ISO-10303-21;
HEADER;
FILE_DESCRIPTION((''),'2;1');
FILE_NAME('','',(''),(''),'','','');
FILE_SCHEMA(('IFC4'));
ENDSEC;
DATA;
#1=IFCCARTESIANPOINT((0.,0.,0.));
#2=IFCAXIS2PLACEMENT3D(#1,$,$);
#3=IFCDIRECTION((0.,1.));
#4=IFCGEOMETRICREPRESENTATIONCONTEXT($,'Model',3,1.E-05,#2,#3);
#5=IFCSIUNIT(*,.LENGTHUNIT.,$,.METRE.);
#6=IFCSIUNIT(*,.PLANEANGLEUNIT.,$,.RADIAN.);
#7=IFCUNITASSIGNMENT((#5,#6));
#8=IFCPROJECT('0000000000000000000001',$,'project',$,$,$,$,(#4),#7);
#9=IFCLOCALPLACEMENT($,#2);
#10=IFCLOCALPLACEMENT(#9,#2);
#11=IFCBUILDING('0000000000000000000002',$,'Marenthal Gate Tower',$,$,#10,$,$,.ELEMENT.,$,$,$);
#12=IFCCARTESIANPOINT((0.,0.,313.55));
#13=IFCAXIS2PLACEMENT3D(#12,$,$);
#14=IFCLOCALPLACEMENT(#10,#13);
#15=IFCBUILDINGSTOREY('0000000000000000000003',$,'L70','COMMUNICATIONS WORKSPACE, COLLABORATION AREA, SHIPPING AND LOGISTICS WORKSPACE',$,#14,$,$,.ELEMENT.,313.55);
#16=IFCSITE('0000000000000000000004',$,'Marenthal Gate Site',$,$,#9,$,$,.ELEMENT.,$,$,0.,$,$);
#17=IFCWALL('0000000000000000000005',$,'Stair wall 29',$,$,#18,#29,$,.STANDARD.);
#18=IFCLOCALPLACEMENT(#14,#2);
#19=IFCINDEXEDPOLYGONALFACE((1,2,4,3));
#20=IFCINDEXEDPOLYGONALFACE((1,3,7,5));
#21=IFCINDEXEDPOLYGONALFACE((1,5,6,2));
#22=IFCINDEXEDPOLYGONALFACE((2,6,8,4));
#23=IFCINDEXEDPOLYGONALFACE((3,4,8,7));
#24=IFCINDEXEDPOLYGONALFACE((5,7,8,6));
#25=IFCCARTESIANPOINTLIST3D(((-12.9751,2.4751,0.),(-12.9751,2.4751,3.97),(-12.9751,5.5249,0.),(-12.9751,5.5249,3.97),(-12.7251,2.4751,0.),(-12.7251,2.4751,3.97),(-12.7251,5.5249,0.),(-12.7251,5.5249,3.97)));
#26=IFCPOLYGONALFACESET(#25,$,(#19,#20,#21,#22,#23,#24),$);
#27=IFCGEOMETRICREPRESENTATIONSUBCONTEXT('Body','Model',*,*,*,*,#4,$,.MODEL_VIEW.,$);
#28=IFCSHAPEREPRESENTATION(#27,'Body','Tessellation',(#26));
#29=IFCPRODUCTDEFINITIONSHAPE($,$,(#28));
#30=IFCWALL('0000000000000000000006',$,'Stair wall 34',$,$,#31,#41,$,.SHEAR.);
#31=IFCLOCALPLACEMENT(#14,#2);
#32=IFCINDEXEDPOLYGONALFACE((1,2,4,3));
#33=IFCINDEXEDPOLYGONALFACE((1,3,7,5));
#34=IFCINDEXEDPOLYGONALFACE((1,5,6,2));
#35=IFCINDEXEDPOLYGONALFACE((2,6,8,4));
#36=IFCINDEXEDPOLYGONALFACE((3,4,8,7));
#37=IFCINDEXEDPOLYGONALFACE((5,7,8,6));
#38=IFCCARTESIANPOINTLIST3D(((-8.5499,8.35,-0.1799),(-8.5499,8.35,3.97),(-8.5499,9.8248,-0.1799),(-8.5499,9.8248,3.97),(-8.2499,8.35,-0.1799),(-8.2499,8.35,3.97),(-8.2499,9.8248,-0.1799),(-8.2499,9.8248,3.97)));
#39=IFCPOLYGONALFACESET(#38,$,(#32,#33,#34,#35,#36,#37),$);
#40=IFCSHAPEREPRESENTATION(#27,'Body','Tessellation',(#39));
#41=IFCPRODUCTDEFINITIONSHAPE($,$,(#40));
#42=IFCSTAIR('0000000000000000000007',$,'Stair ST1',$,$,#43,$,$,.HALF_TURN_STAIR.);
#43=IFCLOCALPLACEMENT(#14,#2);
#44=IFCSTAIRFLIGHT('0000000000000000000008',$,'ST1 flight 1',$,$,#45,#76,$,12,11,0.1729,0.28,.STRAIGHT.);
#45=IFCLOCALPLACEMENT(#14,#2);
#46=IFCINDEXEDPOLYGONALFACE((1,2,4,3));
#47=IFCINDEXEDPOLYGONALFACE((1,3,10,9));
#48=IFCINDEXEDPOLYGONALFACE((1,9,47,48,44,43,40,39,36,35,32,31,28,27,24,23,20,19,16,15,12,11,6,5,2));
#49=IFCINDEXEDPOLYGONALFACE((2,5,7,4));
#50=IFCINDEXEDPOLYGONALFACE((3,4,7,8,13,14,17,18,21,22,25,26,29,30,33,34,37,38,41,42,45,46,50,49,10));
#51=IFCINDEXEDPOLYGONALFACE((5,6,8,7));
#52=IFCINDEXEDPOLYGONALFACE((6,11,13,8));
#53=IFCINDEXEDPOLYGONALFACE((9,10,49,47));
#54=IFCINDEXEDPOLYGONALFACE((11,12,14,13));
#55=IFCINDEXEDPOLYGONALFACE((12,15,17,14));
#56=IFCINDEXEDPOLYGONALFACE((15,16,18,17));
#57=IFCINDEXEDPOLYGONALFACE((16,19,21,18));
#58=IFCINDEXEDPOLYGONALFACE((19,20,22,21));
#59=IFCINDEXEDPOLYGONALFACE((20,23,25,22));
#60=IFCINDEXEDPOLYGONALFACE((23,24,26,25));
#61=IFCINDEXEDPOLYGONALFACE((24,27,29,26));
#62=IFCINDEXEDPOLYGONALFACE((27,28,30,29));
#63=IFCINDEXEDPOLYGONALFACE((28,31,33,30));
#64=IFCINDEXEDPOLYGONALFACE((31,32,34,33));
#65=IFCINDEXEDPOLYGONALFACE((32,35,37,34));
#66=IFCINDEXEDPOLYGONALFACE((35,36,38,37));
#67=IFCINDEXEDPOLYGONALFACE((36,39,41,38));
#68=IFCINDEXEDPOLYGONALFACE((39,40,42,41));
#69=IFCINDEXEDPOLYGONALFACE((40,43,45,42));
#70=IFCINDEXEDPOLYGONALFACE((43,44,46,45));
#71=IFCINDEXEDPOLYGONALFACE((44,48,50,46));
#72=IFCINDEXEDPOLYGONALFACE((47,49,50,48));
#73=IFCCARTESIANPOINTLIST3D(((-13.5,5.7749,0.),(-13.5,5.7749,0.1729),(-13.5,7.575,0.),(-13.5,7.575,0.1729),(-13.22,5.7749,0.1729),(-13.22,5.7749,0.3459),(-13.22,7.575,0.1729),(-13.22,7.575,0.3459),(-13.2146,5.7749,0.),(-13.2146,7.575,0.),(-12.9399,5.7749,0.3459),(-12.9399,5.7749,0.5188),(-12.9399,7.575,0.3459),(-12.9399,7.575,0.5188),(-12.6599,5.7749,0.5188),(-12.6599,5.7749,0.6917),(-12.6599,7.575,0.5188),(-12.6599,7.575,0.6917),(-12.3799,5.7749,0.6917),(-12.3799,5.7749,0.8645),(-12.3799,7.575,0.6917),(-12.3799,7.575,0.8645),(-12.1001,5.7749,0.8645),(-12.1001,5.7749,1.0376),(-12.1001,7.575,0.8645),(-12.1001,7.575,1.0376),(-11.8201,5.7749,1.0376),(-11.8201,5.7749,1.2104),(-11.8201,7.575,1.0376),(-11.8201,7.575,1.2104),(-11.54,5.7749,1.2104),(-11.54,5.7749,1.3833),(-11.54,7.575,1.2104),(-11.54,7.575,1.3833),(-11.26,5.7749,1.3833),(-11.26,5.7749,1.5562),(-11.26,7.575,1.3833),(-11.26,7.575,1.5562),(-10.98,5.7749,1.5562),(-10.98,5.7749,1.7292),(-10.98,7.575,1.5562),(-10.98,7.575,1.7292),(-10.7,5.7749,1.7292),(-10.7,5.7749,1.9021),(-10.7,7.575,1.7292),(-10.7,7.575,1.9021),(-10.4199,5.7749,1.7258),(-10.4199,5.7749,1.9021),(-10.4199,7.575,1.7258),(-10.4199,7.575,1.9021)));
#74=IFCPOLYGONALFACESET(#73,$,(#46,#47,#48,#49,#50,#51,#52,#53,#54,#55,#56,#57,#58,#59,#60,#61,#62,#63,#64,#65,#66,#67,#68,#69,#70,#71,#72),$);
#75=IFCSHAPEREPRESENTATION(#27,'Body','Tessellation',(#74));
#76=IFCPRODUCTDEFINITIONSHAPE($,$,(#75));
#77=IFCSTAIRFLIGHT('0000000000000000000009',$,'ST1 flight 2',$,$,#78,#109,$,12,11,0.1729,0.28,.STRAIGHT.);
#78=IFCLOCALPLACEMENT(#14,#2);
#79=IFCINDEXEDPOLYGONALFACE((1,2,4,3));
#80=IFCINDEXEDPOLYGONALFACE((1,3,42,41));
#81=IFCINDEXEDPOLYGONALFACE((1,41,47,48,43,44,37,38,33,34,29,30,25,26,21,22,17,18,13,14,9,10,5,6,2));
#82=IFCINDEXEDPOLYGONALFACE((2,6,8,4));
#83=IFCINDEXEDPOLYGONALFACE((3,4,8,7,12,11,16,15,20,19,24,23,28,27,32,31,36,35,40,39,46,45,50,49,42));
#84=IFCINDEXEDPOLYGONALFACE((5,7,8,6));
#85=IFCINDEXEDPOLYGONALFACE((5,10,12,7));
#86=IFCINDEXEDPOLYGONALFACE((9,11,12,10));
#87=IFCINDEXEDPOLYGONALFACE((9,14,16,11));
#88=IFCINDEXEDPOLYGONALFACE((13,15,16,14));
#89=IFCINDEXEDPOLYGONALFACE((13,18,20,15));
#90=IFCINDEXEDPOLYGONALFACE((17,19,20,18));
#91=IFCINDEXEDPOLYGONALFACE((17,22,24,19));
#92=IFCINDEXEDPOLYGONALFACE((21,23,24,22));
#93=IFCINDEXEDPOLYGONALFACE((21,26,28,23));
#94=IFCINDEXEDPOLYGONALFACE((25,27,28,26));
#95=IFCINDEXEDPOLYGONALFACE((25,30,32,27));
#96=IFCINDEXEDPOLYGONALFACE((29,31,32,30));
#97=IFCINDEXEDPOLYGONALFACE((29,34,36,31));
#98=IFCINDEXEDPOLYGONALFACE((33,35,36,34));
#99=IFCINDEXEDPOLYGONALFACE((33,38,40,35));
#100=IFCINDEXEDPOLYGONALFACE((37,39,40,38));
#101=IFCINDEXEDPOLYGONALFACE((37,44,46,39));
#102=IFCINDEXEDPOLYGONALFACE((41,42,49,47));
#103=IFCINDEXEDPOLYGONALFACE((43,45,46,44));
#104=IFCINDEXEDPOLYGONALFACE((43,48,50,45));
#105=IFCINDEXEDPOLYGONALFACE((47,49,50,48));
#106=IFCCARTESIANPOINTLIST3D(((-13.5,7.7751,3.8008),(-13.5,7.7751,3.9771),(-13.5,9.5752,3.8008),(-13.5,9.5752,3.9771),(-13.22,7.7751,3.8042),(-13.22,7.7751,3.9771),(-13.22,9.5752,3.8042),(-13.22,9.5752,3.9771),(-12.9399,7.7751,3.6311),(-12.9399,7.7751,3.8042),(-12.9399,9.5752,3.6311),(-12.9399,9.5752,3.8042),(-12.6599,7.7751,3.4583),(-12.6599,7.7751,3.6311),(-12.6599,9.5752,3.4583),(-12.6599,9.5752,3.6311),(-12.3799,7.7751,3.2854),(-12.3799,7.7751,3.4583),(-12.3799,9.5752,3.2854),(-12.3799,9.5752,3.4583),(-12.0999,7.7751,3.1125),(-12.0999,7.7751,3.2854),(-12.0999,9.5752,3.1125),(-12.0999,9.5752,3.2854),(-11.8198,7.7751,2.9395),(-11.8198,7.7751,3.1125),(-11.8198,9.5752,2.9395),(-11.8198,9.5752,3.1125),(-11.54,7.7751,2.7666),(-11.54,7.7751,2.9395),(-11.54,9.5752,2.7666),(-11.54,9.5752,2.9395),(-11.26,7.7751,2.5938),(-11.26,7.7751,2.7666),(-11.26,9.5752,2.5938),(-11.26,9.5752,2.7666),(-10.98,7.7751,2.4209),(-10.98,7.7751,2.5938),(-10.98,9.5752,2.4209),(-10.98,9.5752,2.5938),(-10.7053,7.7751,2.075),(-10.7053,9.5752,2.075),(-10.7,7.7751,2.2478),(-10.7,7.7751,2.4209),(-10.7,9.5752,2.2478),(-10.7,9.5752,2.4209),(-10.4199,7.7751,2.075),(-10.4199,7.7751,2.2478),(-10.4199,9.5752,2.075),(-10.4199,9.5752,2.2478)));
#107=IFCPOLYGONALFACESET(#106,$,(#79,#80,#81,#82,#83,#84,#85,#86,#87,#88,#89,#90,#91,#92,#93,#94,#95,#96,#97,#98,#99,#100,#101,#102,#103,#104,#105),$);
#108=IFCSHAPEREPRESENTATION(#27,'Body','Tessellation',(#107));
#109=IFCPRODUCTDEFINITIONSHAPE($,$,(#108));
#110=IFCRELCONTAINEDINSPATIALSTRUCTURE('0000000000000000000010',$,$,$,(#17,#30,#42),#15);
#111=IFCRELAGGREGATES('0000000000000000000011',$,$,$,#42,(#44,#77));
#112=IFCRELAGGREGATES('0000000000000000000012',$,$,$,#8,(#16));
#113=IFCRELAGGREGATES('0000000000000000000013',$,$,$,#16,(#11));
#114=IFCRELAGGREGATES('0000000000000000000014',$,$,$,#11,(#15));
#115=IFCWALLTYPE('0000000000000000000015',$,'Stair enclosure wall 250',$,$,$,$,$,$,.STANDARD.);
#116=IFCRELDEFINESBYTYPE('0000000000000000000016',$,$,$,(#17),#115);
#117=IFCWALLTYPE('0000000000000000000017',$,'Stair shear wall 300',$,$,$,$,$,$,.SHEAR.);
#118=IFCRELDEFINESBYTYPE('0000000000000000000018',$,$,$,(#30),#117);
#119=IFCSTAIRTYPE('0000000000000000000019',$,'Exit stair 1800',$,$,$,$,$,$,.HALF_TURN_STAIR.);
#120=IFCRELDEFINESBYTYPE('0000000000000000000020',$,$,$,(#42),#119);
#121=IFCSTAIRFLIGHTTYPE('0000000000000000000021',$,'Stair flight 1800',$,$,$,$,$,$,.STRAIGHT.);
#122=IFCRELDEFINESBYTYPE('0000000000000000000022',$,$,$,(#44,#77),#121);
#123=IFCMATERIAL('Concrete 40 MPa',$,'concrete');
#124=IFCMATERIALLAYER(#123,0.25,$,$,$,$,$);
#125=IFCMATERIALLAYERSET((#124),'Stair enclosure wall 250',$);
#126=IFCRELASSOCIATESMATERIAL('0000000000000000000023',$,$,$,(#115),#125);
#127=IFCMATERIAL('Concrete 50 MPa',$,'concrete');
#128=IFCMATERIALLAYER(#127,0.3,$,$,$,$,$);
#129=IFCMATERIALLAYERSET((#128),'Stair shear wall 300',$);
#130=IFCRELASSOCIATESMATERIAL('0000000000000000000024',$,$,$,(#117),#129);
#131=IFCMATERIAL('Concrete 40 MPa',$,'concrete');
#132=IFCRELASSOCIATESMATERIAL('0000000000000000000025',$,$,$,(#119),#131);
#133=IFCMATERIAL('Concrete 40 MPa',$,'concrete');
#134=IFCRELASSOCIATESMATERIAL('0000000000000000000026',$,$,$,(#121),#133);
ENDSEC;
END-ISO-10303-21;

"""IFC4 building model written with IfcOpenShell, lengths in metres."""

from ifc_helpers import new_model, si_unit, direction, frame, frame_2d, origin, place, context, subcontext, project, spatial, polyline, rectangle, outline, extrude, material, layer, layer_set, type_object, element, aggregate, save


model = new_model("IFC4")

# Units and contexts
model_context = context("Model", 3, precision=1e-05, world=origin(), true_north=direction((0.0, 1.0)))
body_context = subcontext(model_context, "Body", "Model", "MODEL_VIEW")
ifc_project = project(units=[si_unit("LENGTHUNIT", "METRE"), si_unit("PLANEANGLEUNIT", "RADIAN")], contexts=[model_context])

# Site, building, storey
site_placement = place(None, origin())
site = spatial("IfcSite", under=ifc_project, at=site_placement, Name="Marenthal Gate Site", CompositionType="ELEMENT", RefElevation=0.0)
building_placement = place(site_placement, origin())
building = spatial("IfcBuilding", under=site, at=building_placement, Name="Marenthal Gate Tower", CompositionType="ELEMENT")
storey_placement = place(building_placement, frame((0.0, 0.0, 313.55)))
storey = spatial("IfcBuildingStorey", under=building, at=storey_placement, Name="L70", Description="COMMUNICATIONS WORKSPACE, COLLABORATION AREA, SHIPPING AND LOGISTICS WORKSPACE", CompositionType="ELEMENT", Elevation=313.55)

# Walls
ifc_material_1 = material(Name="Concrete 40 MPa", Category="concrete")
ifc_layer_1 = layer(ifc_material_1, 0.25)
ifc_layer_set_1 = layer_set([ifc_layer_1], Name="Stair enclosure wall 250")
wall_type_1 = type_object("IfcWallType", Name="Stair enclosure wall 250", PredefinedType="STANDARD", material=ifc_layer_set_1)
wall_1_placement = place(storey_placement, frame((-12.8501, 2.4751, 0.0), z_axis=(0.0, 0.0, 1.0), x_axis=(0.0, 1.0, 0.0)))
element("IfcWall", 1, at=wall_1_placement, inside=storey, type_object=wall_type_1, Name="Stair wall 29", PredefinedType="STANDARD", context=body_context, shape_type="SweptSolid", body=[
    extrude(rectangle(XDim=3.0498, YDim=0.25, at=frame_2d((1.5249, 0.0))), origin(), (0.0, 0.0, 1.0), 3.97),
])
ifc_material_2 = material(Name="Concrete 50 MPa", Category="concrete")
ifc_layer_2 = layer(ifc_material_2, 0.3)
ifc_layer_set_2 = layer_set([ifc_layer_2], Name="Stair shear wall 300")
wall_type_2 = type_object("IfcWallType", Name="Stair shear wall 300", PredefinedType="SHEAR", material=ifc_layer_set_2)
wall_2_placement = place(storey_placement, frame((-8.3999, 8.3501, -0.1799), z_axis=(0.0, 0.0, 1.0), x_axis=(0.0, 1.0, 0.0)))
element("IfcWall", 2, at=wall_2_placement, inside=storey, type_object=wall_type_2, Name="Stair wall 34", PredefinedType="SHEAR", context=body_context, shape_type="SweptSolid", body=[
    extrude(rectangle(XDim=1.4749, YDim=0.3, at=frame_2d((0.7373, 0.0))), origin(), (0.0, 0.0, 1.0), 4.1499),
])

# Stair, stair flights
ifc_material_3 = material(Name="Concrete 40 MPa", Category="concrete")
stair_type = type_object("IfcStairType", Name="Exit stair 1800", PredefinedType="HALF_TURN_STAIR", material=ifc_material_3)
stair_placement = place(storey_placement, origin())
stair = element("IfcStair", 3, at=stair_placement, inside=storey, type_object=stair_type, Name="Stair ST1", PredefinedType="HALF_TURN_STAIR")
ifc_material_4 = material(Name="Concrete 40 MPa", Category="concrete")
stair_flight_type = type_object("IfcStairFlightType", Name="Stair flight 1800", PredefinedType="STRAIGHT", material=ifc_material_4)
stair_flight_1_placement = place(storey_placement, frame((-13.5, 6.675, 0.0), z_axis=(0.0, 0.0, 1.0), x_axis=(1.0, 0.0, 0.0)))
stair_flight_1 = element("IfcStairFlight", 4, at=stair_flight_1_placement, type_object=stair_flight_type, Name="ST1 flight 1", NumberOfRisers=12, NumberOfTreads=11, PredefinedType="STRAIGHT", RiserHeight=0.1729, TreadLength=0.28, context=body_context, shape_type="SweptSolid", body=[
    extrude(outline(polyline([(0.0, 0.0), (0.0, 0.1729), (0.28, 0.1729), (0.28, 0.3459), (0.5601, 0.3459), (0.5601, 0.5188), (0.8401, 0.5188), (0.8401, 0.6917), (1.1201, 0.6917), (1.1201, 0.8645), (1.3999, 0.8645), (1.3999, 1.0376), (1.6799, 1.0376), (1.6799, 1.2104), (1.96, 1.2104), (1.96, 1.3833), (2.24, 1.3833), (2.24, 1.5562), (2.52, 1.5562), (2.52, 1.7292), (2.8, 1.7292), (2.8, 1.9021), (3.0801, 1.9021), (3.0801, 2.075), (3.0801, 1.7258), (0.2854, 0.0), (0.0, 0.0)])), frame((0.0, 0.8999, 0.0), z_axis=(0.0, -1.0, 0.0), x_axis=(1.0, 0.0, 0.0)), (0.0, 0.0, 1.0), 1.8),
])
stair_flight_2_placement = place(storey_placement, frame((-10.4199, 8.675, 2.075), z_axis=(0.0, 0.0, 1.0), x_axis=(-1.0, 0.0, 0.0)))
stair_flight_2 = element("IfcStairFlight", 5, at=stair_flight_2_placement, type_object=stair_flight_type, Name="ST1 flight 2", NumberOfRisers=12, NumberOfTreads=11, PredefinedType="STRAIGHT", RiserHeight=0.1729, TreadLength=0.28, context=body_context, shape_type="SweptSolid", body=[
    extrude(outline(polyline([(0.0, 0.0), (0.0, 0.1729), (0.28, 0.1729), (0.28, 0.3459), (0.5601, 0.3459), (0.5601, 0.5188), (0.8401, 0.5188), (0.8401, 0.6917), (1.1201, 0.6917), (1.1201, 0.8645), (1.3999, 0.8645), (1.3999, 1.0376), (1.6799, 1.0376), (1.6799, 1.2104), (1.96, 1.2104), (1.96, 1.3833), (2.24, 1.3833), (2.24, 1.5562), (2.52, 1.5562), (2.52, 1.7292), (2.8, 1.7292), (2.8, 1.9021), (3.0801, 1.9021), (3.0801, 2.075), (3.0801, 1.7258), (0.2854, 0.0), (0.0, 0.0)])), frame((0.0, 0.8999, 0.0), z_axis=(0.0, -1.0, 0.0), x_axis=(1.0, 0.0, 0.0)), (0.0, 0.0, 1.0), 1.8),
])
aggregate(stair, [stair_flight_1, stair_flight_2])

save(model, "model.ifc")
